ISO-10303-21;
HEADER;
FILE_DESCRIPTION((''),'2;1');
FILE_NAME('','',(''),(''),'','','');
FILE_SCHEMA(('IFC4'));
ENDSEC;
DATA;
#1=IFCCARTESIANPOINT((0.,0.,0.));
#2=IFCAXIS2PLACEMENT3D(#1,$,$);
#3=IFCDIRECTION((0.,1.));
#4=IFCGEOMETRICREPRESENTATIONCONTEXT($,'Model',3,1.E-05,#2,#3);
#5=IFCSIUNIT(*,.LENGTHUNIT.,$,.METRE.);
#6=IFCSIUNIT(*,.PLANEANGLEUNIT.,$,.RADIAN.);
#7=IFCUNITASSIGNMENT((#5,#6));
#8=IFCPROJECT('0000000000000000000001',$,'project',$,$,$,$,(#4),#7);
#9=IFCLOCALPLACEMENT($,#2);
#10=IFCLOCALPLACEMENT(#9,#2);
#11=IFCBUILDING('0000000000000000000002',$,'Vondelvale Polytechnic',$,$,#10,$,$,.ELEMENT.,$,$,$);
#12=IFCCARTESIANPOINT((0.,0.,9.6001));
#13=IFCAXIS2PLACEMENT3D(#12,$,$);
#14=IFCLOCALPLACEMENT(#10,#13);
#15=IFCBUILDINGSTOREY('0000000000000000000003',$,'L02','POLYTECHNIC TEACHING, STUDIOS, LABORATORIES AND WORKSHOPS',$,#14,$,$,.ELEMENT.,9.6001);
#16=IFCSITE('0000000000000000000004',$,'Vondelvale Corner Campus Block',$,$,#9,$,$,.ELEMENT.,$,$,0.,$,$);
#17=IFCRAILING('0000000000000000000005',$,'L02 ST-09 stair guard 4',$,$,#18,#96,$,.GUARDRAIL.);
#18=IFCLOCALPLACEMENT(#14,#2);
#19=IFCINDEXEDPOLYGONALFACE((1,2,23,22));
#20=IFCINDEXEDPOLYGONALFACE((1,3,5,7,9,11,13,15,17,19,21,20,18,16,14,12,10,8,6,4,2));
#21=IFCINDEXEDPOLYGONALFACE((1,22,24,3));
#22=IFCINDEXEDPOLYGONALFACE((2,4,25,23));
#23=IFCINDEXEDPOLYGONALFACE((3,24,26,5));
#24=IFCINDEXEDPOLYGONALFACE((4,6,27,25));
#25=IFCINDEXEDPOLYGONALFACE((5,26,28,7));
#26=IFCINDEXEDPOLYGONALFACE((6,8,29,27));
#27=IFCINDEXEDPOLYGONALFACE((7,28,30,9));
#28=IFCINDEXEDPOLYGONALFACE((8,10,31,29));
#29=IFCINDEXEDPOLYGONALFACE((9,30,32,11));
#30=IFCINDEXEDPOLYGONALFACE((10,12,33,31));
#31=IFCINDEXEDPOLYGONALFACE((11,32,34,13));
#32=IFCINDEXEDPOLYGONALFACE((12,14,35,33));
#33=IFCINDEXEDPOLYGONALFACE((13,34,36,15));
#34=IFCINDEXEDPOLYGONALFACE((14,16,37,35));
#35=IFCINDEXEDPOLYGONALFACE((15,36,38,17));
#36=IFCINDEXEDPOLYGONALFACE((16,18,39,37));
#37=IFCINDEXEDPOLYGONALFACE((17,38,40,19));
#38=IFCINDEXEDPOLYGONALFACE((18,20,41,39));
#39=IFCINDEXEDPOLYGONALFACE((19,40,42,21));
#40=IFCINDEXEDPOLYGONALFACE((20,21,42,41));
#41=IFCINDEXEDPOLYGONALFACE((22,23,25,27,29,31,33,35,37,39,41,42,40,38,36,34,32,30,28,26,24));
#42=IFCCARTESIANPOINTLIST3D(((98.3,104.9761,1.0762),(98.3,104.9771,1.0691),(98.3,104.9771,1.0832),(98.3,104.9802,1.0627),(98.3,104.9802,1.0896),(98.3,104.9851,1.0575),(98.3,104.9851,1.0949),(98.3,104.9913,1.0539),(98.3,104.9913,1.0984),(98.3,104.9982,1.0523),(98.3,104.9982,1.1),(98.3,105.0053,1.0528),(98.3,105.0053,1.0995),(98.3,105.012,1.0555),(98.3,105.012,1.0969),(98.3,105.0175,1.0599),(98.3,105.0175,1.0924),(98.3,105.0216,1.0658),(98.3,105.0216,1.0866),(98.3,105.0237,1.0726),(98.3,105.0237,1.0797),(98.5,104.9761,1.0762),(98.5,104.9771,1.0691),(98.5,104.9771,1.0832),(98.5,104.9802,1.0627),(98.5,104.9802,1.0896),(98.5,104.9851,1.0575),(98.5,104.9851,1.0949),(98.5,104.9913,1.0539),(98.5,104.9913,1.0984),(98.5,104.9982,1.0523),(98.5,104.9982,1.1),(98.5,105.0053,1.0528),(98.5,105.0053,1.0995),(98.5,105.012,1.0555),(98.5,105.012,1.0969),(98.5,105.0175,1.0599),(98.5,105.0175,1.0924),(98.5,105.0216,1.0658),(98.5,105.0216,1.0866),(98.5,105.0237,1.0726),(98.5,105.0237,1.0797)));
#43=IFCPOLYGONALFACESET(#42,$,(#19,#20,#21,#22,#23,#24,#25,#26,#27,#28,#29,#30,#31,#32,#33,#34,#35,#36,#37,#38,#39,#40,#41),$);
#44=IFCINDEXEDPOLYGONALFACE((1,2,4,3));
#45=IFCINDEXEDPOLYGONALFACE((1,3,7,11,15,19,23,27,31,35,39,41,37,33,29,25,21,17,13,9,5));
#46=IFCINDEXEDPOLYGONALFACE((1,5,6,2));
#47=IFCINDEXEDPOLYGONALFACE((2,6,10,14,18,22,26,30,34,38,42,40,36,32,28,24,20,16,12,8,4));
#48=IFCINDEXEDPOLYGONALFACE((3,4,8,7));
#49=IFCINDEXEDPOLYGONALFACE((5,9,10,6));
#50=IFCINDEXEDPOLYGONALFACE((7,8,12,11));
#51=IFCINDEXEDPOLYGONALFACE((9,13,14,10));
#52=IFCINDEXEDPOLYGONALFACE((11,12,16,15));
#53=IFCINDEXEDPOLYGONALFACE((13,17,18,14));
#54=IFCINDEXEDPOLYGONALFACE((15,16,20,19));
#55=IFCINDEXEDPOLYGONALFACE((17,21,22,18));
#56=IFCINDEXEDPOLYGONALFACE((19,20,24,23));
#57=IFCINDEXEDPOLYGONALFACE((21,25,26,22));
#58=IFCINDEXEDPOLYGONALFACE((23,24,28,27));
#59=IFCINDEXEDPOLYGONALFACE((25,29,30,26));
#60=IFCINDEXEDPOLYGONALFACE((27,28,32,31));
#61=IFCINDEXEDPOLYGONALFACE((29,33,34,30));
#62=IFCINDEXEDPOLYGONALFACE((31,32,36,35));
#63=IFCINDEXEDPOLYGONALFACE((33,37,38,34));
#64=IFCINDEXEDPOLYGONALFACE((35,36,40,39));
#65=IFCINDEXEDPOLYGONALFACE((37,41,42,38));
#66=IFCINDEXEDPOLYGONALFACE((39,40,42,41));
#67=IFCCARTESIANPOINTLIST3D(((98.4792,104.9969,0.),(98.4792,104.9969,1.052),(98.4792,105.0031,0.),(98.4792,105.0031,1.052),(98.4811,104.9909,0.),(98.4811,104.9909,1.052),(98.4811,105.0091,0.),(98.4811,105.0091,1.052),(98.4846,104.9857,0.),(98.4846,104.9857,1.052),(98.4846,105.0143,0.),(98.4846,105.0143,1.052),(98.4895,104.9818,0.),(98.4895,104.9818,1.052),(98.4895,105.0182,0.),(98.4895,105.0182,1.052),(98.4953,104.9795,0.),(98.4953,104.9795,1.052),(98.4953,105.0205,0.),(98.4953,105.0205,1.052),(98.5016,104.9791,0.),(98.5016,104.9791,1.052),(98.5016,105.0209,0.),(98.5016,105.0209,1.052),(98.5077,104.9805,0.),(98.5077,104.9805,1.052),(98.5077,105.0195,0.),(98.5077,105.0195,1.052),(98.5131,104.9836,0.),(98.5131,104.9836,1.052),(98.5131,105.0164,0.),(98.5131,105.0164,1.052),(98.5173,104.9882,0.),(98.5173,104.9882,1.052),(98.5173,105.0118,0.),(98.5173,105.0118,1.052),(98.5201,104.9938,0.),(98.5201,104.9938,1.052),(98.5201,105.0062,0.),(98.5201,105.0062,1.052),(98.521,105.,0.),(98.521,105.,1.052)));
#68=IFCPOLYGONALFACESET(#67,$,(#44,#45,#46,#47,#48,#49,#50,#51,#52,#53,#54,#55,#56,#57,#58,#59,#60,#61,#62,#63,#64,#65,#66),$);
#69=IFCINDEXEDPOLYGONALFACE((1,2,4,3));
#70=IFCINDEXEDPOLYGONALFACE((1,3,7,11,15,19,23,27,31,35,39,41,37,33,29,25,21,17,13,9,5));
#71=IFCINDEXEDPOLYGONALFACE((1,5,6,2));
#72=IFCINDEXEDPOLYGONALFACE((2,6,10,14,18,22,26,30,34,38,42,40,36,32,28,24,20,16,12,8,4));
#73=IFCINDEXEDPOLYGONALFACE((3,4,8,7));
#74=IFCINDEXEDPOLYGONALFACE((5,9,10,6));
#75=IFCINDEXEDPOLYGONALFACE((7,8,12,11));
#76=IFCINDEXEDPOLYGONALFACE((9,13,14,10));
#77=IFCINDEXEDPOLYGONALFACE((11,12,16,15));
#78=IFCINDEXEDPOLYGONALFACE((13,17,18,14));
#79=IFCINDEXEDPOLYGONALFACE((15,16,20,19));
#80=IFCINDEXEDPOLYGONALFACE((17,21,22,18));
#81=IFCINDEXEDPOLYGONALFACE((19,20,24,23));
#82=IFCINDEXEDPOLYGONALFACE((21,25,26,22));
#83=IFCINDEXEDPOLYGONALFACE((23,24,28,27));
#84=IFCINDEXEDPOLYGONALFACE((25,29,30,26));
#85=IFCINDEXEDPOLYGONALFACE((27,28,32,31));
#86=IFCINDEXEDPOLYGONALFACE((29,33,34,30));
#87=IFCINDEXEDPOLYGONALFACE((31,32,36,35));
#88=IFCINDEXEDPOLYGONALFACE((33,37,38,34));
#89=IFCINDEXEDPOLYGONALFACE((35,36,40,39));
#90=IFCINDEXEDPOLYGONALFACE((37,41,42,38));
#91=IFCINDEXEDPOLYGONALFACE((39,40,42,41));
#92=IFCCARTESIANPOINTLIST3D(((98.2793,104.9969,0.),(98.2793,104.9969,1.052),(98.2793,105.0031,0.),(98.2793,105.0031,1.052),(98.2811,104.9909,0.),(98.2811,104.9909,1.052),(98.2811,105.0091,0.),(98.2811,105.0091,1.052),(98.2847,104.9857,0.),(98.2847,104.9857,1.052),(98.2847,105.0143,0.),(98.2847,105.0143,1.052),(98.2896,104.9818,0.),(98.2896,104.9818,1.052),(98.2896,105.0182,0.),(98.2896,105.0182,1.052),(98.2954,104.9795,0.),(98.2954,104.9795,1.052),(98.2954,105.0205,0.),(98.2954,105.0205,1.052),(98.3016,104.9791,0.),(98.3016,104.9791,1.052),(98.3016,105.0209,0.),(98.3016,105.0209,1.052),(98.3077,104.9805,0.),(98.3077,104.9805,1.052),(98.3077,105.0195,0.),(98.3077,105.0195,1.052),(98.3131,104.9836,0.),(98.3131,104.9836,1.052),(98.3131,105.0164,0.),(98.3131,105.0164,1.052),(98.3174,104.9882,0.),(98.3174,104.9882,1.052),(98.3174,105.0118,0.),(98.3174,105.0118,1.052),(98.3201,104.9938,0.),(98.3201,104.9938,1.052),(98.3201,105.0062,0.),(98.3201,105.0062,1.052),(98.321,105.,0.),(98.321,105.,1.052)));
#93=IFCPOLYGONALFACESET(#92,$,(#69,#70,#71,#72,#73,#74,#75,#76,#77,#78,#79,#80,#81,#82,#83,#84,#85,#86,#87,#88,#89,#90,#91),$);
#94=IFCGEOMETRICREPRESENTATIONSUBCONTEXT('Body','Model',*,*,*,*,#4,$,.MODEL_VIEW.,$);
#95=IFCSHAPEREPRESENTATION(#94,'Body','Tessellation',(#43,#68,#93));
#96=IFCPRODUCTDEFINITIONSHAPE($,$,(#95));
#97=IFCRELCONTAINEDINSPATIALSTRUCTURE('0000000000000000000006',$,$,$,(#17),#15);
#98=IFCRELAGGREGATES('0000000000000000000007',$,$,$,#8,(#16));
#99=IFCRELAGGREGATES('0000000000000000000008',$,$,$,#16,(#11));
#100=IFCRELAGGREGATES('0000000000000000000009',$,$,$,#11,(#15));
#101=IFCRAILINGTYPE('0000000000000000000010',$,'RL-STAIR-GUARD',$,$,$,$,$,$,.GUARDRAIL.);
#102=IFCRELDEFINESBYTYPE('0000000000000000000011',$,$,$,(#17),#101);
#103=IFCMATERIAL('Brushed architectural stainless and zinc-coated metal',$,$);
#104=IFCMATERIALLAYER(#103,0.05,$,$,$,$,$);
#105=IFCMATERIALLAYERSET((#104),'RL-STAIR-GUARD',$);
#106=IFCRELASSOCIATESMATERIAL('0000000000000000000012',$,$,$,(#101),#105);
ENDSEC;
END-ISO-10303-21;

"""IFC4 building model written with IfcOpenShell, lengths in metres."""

from ifc_helpers import new_model, si_unit, direction, frame, origin, origin_2d, place, context, subcontext, project, spatial, circle, extrude, material, layer, layer_set, type_object, element, save


model = new_model("IFC4")

# Units and contexts
model_context = context("Model", 3, precision=1e-05, world=origin(), true_north=direction((0.0, 1.0)))
body_context = subcontext(model_context, "Body", "Model", "MODEL_VIEW")
ifc_project = project(units=[si_unit("LENGTHUNIT", "METRE"), si_unit("PLANEANGLEUNIT", "RADIAN")], contexts=[model_context])

# Site, building, storey
site_placement = place(None, origin())
site = spatial("IfcSite", under=ifc_project, at=site_placement, Name="Vondelvale Corner Campus Block", CompositionType="ELEMENT", RefElevation=0.0)
building_placement = place(site_placement, origin())
building = spatial("IfcBuilding", under=site, at=building_placement, Name="Vondelvale Polytechnic", CompositionType="ELEMENT")
storey_placement = place(building_placement, frame((0.0, 0.0, 9.6001)))
storey = spatial("IfcBuildingStorey", under=building, at=storey_placement, Name="L02", Description="POLYTECHNIC TEACHING, STUDIOS, LABORATORIES AND WORKSHOPS", CompositionType="ELEMENT", Elevation=9.6001)

# Shared definitions
ifc_material_1 = material(Name="Brushed architectural stainless and zinc-coated metal")

# Railing
ifc_layer_1 = layer(ifc_material_1, 0.05)
ifc_layer_set_1 = layer_set([ifc_layer_1], Name="RL-STAIR-GUARD")
railing_type_1 = type_object("IfcRailingType", Name="RL-STAIR-GUARD", PredefinedType="GUARDRAIL", material=ifc_layer_set_1)
railing_1_placement = place(storey_placement, frame((98.5, 105.0, 0.0)))
element("IfcRailing", 1, at=railing_1_placement, inside=storey, type_object=railing_type_1, Name="L02 ST-09 stair guard 4", PredefinedType="GUARDRAIL", context=body_context, shape_type="SweptSolid", body=[
    extrude(circle(Radius=0.0239, at=origin_2d()), frame((0.0, 0.0, 1.0762), z_axis=(-1.0, 0.0, 0.0), x_axis=(0.0, -1.0, 0.0)), (0.0, 0.0, 1.0), 0.2),
    extrude(circle(Radius=0.021, at=origin_2d()), origin(), (0.0, 0.0, 1.0), 1.052),
    extrude(circle(Radius=0.021, at=origin_2d()), frame((-0.2, 0.0, 0.0)), (0.0, 0.0, 1.0), 1.052),
])

save(model, "model.ifc")
